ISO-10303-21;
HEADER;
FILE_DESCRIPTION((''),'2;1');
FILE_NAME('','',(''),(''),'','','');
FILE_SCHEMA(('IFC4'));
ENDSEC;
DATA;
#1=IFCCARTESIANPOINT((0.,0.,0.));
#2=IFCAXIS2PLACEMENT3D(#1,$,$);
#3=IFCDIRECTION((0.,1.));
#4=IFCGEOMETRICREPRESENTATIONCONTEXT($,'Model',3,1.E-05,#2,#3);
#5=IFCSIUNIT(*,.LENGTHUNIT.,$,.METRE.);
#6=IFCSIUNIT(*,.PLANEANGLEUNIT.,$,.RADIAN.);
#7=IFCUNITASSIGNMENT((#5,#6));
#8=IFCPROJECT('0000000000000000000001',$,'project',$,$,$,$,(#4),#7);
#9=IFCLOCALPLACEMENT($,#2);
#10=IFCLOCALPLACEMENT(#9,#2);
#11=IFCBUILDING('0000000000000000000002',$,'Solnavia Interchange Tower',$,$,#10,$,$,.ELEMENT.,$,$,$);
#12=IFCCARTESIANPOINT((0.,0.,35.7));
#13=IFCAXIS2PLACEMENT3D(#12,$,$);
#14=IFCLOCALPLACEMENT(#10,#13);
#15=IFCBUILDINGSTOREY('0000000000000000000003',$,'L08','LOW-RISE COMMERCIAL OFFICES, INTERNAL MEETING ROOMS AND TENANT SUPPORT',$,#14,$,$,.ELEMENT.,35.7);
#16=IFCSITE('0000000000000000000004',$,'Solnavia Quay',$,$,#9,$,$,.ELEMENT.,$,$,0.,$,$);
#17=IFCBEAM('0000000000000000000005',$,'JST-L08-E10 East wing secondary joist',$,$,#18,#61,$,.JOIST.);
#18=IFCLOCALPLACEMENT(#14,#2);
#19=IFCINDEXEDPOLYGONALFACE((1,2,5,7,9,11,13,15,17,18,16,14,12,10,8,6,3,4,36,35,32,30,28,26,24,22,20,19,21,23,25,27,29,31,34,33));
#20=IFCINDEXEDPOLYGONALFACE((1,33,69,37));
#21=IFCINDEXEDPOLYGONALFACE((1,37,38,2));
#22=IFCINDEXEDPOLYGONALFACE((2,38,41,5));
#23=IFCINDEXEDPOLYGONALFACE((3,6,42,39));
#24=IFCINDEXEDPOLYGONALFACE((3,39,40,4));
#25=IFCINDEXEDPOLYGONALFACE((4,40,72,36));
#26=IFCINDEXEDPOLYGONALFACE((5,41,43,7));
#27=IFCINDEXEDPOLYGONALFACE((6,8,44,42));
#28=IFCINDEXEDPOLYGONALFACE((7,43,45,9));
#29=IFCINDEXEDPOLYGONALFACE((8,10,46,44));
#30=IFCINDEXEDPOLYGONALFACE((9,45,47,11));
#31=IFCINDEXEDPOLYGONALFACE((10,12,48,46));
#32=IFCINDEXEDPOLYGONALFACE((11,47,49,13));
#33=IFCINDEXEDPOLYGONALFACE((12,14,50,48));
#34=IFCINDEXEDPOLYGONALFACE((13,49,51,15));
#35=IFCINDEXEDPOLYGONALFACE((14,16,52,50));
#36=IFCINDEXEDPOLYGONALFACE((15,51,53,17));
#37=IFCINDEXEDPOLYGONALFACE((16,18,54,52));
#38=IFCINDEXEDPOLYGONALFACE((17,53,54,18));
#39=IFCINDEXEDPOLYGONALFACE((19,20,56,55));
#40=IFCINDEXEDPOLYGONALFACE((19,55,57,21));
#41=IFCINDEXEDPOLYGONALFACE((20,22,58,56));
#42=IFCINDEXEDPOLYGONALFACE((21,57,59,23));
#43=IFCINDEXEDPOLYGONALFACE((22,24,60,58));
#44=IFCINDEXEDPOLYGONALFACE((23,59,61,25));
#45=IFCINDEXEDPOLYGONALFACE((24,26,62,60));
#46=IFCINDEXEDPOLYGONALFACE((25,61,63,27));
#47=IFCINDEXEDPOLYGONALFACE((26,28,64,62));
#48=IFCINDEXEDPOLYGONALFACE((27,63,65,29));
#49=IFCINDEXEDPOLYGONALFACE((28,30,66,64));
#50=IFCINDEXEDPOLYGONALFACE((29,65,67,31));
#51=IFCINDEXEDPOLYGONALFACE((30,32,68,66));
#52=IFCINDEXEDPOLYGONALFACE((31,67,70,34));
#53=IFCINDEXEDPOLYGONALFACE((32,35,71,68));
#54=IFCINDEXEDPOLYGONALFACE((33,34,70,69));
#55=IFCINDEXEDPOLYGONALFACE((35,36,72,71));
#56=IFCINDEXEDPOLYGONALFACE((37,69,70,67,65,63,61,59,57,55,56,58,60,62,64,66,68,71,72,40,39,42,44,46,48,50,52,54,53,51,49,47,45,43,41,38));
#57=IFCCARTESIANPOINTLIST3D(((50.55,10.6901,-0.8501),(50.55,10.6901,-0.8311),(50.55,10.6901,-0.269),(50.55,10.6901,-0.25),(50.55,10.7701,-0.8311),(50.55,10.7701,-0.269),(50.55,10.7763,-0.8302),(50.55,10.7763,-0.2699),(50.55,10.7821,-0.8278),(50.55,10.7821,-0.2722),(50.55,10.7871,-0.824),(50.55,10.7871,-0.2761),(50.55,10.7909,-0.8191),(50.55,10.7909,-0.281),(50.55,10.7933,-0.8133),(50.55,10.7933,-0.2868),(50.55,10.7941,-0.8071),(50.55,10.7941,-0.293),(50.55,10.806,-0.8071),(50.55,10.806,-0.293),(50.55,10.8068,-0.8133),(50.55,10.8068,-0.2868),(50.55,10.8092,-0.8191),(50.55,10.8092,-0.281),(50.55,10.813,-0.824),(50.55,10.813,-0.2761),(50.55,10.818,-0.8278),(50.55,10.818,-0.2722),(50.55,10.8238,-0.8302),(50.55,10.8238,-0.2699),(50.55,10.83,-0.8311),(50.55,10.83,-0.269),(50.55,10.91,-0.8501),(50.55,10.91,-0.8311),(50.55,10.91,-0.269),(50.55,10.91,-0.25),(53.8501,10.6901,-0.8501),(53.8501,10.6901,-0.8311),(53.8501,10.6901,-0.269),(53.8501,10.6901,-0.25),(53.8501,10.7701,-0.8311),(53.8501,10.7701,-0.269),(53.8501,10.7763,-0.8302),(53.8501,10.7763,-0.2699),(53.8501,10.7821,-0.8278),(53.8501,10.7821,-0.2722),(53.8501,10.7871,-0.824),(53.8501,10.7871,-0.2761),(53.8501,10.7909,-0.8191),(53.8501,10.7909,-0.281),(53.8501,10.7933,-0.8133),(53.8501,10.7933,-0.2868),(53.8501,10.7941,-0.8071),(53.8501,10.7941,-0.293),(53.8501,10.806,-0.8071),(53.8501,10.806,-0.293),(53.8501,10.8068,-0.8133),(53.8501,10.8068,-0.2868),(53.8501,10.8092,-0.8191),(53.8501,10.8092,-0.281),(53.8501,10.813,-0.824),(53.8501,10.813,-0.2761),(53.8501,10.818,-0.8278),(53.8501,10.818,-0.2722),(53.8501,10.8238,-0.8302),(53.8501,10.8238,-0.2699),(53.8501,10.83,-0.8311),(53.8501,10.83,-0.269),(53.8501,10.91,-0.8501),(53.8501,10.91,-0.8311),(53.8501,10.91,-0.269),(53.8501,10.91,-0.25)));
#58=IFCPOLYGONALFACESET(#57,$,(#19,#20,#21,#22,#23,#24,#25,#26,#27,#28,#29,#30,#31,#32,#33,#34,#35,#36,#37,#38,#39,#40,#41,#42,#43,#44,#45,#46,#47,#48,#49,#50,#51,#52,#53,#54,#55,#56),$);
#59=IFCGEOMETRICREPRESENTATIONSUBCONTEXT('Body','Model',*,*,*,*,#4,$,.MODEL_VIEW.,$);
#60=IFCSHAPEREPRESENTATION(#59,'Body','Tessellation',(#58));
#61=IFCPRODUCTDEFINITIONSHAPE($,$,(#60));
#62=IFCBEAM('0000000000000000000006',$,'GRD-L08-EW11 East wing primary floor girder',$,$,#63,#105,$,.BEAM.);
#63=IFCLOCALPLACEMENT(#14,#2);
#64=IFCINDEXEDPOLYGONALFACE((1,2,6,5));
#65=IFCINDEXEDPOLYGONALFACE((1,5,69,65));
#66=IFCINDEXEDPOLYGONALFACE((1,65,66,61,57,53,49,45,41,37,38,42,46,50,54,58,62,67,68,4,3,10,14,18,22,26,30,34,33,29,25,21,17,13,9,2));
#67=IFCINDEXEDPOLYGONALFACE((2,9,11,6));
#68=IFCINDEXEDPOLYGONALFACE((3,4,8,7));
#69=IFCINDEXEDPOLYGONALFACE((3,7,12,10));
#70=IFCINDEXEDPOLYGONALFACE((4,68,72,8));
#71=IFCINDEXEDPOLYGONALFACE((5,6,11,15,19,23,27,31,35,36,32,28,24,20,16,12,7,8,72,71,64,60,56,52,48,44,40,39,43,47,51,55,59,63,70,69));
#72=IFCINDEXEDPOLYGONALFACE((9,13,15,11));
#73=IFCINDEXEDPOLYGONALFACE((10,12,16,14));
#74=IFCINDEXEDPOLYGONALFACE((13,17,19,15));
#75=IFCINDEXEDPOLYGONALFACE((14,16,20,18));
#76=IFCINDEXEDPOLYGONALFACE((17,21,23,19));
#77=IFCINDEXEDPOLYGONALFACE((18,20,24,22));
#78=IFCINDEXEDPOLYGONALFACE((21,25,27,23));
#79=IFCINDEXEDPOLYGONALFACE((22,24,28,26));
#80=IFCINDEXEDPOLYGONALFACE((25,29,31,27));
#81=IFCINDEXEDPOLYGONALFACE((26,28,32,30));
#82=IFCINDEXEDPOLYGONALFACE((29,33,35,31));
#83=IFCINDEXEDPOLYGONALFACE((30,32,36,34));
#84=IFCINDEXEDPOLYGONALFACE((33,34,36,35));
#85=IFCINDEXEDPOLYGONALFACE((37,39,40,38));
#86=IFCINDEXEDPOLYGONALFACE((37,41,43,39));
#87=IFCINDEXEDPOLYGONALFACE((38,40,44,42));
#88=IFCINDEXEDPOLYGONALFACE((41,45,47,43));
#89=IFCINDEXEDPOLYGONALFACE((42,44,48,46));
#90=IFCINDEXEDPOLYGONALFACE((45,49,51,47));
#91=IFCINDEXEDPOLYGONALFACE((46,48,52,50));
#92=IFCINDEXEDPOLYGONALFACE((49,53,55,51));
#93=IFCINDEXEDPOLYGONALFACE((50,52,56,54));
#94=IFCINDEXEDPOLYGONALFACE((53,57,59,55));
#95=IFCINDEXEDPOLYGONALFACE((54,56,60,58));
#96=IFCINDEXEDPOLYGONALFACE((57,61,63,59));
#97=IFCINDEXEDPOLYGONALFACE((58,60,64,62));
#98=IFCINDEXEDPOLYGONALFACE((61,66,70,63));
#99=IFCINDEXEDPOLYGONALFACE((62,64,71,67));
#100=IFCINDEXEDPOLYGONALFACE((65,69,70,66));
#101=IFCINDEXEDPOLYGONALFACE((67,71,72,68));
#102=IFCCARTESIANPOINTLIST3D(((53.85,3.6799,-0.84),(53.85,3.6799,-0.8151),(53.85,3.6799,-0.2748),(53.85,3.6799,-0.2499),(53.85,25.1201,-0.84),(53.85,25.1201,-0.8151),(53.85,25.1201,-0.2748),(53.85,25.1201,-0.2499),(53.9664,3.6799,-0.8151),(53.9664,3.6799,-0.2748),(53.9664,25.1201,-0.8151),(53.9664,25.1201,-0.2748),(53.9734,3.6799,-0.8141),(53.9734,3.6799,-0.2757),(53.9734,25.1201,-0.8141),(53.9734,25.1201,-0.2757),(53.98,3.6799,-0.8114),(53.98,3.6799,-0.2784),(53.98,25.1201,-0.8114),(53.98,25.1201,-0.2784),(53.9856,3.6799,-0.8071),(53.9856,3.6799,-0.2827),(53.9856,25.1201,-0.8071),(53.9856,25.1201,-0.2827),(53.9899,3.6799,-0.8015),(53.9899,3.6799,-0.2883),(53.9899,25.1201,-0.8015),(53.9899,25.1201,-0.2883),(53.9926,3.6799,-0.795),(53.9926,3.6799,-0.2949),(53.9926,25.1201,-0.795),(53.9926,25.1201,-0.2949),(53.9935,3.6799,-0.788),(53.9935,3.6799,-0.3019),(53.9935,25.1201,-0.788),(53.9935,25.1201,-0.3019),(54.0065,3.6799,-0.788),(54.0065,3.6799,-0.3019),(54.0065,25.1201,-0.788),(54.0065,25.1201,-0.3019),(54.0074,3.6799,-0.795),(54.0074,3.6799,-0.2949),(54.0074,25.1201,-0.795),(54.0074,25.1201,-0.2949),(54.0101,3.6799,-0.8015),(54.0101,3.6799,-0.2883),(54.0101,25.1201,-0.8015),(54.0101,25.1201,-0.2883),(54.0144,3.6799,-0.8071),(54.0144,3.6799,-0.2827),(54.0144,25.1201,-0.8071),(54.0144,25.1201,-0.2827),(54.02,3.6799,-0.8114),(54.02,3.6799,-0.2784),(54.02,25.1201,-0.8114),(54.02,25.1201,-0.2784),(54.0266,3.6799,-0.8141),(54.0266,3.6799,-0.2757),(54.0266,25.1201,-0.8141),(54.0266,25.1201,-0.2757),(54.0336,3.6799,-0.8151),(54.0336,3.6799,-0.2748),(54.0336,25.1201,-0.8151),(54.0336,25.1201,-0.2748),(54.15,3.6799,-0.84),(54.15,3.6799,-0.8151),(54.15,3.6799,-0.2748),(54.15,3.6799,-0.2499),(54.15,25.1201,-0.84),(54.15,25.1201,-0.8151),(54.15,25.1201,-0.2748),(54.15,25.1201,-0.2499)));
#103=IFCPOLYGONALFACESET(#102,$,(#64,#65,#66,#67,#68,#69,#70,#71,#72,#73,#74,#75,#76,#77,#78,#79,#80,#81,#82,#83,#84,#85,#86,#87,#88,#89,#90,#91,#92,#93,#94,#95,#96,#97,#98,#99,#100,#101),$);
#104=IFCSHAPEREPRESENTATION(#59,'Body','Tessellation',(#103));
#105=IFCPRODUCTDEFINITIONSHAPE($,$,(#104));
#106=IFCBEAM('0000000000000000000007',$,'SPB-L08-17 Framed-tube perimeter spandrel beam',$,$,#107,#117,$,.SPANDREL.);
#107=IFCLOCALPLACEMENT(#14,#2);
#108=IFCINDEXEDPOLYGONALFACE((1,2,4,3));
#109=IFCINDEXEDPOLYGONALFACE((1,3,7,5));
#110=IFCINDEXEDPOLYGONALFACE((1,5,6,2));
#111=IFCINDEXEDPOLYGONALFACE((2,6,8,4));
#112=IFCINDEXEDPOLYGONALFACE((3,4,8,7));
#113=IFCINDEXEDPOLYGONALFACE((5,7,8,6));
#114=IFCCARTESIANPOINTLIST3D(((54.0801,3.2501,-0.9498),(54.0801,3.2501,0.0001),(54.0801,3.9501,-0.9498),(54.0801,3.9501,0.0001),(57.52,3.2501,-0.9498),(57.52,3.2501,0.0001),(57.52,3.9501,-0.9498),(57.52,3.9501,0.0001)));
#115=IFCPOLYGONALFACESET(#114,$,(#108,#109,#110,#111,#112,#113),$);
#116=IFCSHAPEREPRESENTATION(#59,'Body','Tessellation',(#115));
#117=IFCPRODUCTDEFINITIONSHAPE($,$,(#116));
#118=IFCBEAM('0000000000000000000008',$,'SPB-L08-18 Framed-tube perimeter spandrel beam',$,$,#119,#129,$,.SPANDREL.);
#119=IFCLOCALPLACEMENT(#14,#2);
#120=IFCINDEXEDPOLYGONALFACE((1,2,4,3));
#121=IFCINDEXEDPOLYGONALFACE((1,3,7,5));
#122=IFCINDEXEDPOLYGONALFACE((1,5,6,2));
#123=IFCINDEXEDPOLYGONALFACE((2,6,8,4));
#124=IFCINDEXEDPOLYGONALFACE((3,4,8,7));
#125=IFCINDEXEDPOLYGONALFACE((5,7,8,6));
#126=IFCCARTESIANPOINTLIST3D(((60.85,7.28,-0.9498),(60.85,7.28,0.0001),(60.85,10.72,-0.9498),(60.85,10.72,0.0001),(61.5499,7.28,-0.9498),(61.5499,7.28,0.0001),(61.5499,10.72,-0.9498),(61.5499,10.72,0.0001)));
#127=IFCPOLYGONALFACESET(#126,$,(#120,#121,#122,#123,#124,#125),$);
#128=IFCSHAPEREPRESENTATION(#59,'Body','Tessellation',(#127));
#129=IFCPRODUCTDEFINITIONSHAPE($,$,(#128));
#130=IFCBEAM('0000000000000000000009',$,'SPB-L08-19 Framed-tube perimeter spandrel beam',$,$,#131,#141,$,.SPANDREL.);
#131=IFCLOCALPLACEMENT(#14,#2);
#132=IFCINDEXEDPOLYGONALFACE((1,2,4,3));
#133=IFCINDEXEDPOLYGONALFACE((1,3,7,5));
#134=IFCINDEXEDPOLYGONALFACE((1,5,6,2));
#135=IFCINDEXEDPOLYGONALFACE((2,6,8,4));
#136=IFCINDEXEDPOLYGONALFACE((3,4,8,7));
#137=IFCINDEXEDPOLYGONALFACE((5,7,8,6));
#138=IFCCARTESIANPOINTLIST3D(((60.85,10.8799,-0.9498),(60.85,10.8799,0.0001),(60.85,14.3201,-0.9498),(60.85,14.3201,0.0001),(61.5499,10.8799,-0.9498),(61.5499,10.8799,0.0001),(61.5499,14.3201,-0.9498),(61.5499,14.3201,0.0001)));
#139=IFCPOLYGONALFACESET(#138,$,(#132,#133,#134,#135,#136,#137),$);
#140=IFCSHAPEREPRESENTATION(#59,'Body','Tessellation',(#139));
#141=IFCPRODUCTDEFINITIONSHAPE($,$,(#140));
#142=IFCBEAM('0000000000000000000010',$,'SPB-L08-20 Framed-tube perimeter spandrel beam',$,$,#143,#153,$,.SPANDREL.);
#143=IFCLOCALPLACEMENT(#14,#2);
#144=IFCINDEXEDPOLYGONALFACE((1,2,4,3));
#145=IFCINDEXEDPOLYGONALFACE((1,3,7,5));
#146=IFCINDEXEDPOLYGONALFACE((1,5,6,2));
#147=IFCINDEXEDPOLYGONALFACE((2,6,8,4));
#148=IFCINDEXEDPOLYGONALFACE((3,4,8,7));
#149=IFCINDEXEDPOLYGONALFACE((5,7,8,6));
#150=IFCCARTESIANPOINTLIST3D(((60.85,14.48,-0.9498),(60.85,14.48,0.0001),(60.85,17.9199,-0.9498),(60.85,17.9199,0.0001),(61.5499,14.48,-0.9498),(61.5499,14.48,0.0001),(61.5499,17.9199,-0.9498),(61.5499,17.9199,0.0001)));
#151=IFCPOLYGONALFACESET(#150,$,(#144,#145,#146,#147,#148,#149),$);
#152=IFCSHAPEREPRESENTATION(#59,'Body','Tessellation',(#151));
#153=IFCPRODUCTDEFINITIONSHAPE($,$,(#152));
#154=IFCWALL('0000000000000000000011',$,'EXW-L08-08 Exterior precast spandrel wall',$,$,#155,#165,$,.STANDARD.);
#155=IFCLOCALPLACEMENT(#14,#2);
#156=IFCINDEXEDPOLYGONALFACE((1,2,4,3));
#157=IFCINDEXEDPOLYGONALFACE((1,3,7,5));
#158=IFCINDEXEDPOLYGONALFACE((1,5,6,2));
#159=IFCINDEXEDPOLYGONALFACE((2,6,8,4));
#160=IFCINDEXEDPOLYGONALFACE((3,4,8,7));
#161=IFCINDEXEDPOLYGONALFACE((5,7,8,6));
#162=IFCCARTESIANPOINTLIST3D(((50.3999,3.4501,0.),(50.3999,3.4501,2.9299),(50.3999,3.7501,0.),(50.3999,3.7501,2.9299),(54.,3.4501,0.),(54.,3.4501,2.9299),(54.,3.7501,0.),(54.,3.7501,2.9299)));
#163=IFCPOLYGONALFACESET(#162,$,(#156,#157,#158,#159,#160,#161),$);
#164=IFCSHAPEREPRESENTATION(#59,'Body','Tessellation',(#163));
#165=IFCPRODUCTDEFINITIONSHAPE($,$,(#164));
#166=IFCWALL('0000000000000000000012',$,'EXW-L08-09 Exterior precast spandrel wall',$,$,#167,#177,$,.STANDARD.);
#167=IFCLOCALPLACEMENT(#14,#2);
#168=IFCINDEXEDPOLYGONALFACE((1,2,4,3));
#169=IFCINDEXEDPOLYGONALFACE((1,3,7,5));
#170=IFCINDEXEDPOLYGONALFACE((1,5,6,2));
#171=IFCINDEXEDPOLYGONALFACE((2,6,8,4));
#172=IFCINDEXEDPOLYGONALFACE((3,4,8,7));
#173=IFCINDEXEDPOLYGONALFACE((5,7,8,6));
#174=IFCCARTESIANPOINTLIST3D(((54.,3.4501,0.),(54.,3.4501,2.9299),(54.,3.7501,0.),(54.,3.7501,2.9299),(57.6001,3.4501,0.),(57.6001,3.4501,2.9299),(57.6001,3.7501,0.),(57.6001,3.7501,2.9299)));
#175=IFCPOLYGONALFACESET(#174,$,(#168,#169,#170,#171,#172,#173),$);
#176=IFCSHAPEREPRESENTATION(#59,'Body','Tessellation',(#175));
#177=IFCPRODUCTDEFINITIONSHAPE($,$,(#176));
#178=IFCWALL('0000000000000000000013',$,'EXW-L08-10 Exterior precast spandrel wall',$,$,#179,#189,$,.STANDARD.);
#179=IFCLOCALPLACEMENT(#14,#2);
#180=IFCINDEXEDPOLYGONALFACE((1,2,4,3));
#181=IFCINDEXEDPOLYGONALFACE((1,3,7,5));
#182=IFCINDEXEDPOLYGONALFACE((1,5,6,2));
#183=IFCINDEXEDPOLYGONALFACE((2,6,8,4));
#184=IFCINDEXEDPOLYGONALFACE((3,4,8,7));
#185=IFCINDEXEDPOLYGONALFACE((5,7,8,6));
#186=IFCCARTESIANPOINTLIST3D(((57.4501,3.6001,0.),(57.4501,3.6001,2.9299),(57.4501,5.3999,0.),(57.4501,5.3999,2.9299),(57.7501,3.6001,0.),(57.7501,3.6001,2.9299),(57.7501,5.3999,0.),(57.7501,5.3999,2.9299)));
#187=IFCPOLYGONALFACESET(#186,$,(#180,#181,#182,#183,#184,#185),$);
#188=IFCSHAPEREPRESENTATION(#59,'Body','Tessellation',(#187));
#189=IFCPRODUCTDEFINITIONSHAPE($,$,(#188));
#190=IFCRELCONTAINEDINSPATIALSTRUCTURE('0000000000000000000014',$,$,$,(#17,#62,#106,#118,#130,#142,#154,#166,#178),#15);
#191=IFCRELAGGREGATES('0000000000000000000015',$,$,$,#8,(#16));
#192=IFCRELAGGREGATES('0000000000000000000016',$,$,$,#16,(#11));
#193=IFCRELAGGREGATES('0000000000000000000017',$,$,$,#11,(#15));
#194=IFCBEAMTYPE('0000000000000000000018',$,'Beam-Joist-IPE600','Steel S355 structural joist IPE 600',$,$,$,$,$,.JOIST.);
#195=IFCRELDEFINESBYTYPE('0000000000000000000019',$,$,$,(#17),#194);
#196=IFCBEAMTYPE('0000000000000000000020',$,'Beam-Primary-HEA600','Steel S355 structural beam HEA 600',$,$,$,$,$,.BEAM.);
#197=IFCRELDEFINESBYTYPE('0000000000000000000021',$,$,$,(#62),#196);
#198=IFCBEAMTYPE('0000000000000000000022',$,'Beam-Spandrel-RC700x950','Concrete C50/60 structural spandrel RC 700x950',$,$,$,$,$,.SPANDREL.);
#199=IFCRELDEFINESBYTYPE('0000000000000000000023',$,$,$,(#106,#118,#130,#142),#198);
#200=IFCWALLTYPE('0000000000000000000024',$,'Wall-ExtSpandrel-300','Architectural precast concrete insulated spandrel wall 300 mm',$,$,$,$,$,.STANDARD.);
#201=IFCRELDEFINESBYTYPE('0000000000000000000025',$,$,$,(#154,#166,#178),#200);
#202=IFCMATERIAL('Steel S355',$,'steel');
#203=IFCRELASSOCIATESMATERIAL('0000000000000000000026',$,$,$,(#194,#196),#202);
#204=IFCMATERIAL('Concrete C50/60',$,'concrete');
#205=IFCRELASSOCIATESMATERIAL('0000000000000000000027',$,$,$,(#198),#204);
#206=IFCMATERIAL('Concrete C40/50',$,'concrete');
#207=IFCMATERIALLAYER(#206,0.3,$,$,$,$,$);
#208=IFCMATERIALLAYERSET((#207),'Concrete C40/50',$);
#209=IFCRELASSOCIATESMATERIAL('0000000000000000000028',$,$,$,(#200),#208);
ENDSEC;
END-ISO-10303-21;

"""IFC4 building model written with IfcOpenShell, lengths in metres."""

from ifc_helpers import new_model, si_unit, direction, frame, frame_2d, origin, origin_2d, place, context, subcontext, project, spatial, rectangle, i_section, extrude, material, layer, layer_set, material_profile, profile_set, type_object, element, save


model = new_model("IFC4")

# Units and contexts
model_context = context("Model", 3, precision=1e-05, world=origin(), true_north=direction((0.0, 1.0)))
body_context = subcontext(model_context, "Body", "Model", "MODEL_VIEW")
ifc_project = project(units=[si_unit("LENGTHUNIT", "METRE"), si_unit("PLANEANGLEUNIT", "RADIAN")], contexts=[model_context])

# Site, building, storey
site_placement = place(None, origin())
site = spatial("IfcSite", under=ifc_project, at=site_placement, Name="Solnavia Quay", CompositionType="ELEMENT", RefElevation=0.0)
building_placement = place(site_placement, origin())
building = spatial("IfcBuilding", under=site, at=building_placement, Name="Solnavia Interchange Tower", CompositionType="ELEMENT")
storey_placement = place(building_placement, frame((0.0, 0.0, 35.7)))
storey = spatial("IfcBuildingStorey", under=building, at=storey_placement, Name="L08", Description="LOW-RISE COMMERCIAL OFFICES, INTERNAL MEETING ROOMS AND TENANT SUPPORT", CompositionType="ELEMENT", Elevation=35.7)

# Beams
ifc_material_1 = material(Name="Steel S355", Category="steel")
ifc_material_profile_1 = material_profile(ifc_material_1, i_section(OverallWidth=0.22, OverallDepth=0.6001, WebThickness=0.012, FlangeThickness=0.019, FilletRadius=0.0239, at=origin_2d()), Name="IPE 600")
ifc_profile_set_1 = profile_set([ifc_material_profile_1], Name="Steel S355")
beam_type_1 = type_object("IfcBeamType", Name="Beam-Joist-IPE600", Description="Steel S355 structural joist IPE 600", PredefinedType="JOIST", material=ifc_profile_set_1)
beam_1_placement = place(storey_placement, frame((50.55, 10.8, -0.55), z_axis=(1.0, 0.0, 0.0), x_axis=(0.0, 1.0, 0.0)))
element("IfcBeam", 1, at=beam_1_placement, inside=storey, type_object=beam_type_1, Name="JST-L08-E10 East wing secondary joist", PredefinedType="JOIST", context=body_context, shape_type="SweptSolid", body=[
    extrude(i_section(OverallWidth=0.22, OverallDepth=0.6001, WebThickness=0.012, FlangeThickness=0.019, FilletRadius=0.0239, at=origin_2d()), origin(), (0.0, 0.0, 1.0), 3.3),
])
ifc_material_profile_2 = material_profile(ifc_material_1, i_section(OverallWidth=0.3, OverallDepth=0.5901, WebThickness=0.0129, FlangeThickness=0.0249, FilletRadius=0.0271, at=origin_2d()), Name="HEA 600")
ifc_profile_set_2 = profile_set([ifc_material_profile_2], Name="Steel S355")
beam_type_2 = type_object("IfcBeamType", Name="Beam-Primary-HEA600", Description="Steel S355 structural beam HEA 600", PredefinedType="BEAM", material=ifc_profile_set_2)
beam_2_placement = place(storey_placement, frame((54.0, 3.6799, -0.5449), z_axis=(0.0, 1.0, 0.0), x_axis=(-1.0, 0.0, 0.0)))
element("IfcBeam", 2, at=beam_2_placement, inside=storey, type_object=beam_type_2, Name="GRD-L08-EW11 East wing primary floor girder", PredefinedType="BEAM", context=body_context, shape_type="SweptSolid", body=[
    extrude(i_section(OverallWidth=0.3, OverallDepth=0.5901, WebThickness=0.0129, FlangeThickness=0.0249, FilletRadius=0.0271, at=origin_2d()), origin(), (0.0, 0.0, 1.0), 21.4402),
])
ifc_material_2 = material(Name="Concrete C50/60", Category="concrete")
ifc_material_profile_3 = material_profile(ifc_material_2, rectangle(XDim=0.7, YDim=0.95, at=origin_2d()), Name="RC 700x950")
ifc_profile_set_3 = profile_set([ifc_material_profile_3], Name="Concrete C50/60")
beam_type_3 = type_object("IfcBeamType", Name="Beam-Spandrel-RC700x950", Description="Concrete C50/60 structural spandrel RC 700x950", PredefinedType="SPANDREL", material=ifc_profile_set_3)
for number, where, z_axis, x_axis, name in (
    (3, (54.0801, 3.6001, -0.4749), (1.0, 0.0, 0.0), (0.0, 1.0, 0.0), "SPB-L08-17 Framed-tube perimeter spandrel beam"),
    (4, (61.2, 7.28, -0.4749), (0.0, 1.0, 0.0), (-1.0, 0.0, 0.0), "SPB-L08-18 Framed-tube perimeter spandrel beam"),
):
    element("IfcBeam", number, at=place(storey_placement, frame(where, z_axis=z_axis, x_axis=x_axis)), inside=storey, type_object=beam_type_3, Name=name, PredefinedType="SPANDREL", context=body_context, shape_type="SweptSolid", body=[
        extrude(rectangle(XDim=0.7, YDim=0.95, at=origin_2d()), origin(), (0.0, 0.0, 1.0), 3.4399),
    ])
beam_3_placement = place(storey_placement, frame((61.2, 10.8799, -0.4749), z_axis=(0.0, 1.0, 0.0), x_axis=(-1.0, 0.0, 0.0)))
element("IfcBeam", 5, at=beam_3_placement, inside=storey, type_object=beam_type_3, Name="SPB-L08-19 Framed-tube perimeter spandrel beam", PredefinedType="SPANDREL", context=body_context, shape_type="SweptSolid", body=[
    extrude(rectangle(XDim=0.7, YDim=0.95, at=origin_2d()), origin(), (0.0, 0.0, 1.0), 3.4402),
])
beam_4_placement = place(storey_placement, frame((61.2, 14.48, -0.4749), z_axis=(0.0, 1.0, 0.0), x_axis=(-1.0, 0.0, 0.0)))
element("IfcBeam", 6, at=beam_4_placement, inside=storey, type_object=beam_type_3, Name="SPB-L08-20 Framed-tube perimeter spandrel beam", PredefinedType="SPANDREL", context=body_context, shape_type="SweptSolid", body=[
    extrude(rectangle(XDim=0.7, YDim=0.95, at=origin_2d()), origin(), (0.0, 0.0, 1.0), 3.4399),
])

# Walls
ifc_material_3 = material(Name="Concrete C40/50", Category="concrete")
ifc_layer_1 = layer(ifc_material_3, 0.3)
ifc_layer_set_1 = layer_set([ifc_layer_1], Name="Concrete C40/50")
wall_type_1 = type_object("IfcWallType", Name="Wall-ExtSpandrel-300", Description="Architectural precast concrete insulated spandrel wall 300 mm", PredefinedType="STANDARD", material=ifc_layer_set_1)
for number, where, z_axis, x_axis, name in (
    (7, (54.0, 3.6001, 0.0), (0.0, 0.0, 1.0), (-1.0, 0.0, 0.0), "EXW-L08-08 Exterior precast spandrel wall"),
    (8, (57.6001, 3.6001, 0.0), (0.0, 0.0, 1.0), (-1.0, 0.0, 0.0), "EXW-L08-09 Exterior precast spandrel wall"),
):
    element("IfcWall", number, at=place(storey_placement, frame(where, z_axis=z_axis, x_axis=x_axis)), inside=storey, type_object=wall_type_1, Name=name, PredefinedType="STANDARD", context=body_context, shape_type="SweptSolid", body=[
        extrude(rectangle(XDim=3.6001, YDim=0.3, at=frame_2d((1.8, 0.0))), origin(), (0.0, 0.0, 1.0), 2.9299),
    ])
wall_1_placement = place(storey_placement, frame((57.6001, 5.3999, 0.0), z_axis=(0.0, 0.0, 1.0), x_axis=(0.0, -1.0, 0.0)))
element("IfcWall", 9, at=wall_1_placement, inside=storey, type_object=wall_type_1, Name="EXW-L08-10 Exterior precast spandrel wall", PredefinedType="STANDARD", context=body_context, shape_type="SweptSolid", body=[
    extrude(rectangle(XDim=1.7998, YDim=0.3, at=frame_2d((0.8999, 0.0))), origin(), (0.0, 0.0, 1.0), 2.9299),
])

save(model, "model.ifc")
